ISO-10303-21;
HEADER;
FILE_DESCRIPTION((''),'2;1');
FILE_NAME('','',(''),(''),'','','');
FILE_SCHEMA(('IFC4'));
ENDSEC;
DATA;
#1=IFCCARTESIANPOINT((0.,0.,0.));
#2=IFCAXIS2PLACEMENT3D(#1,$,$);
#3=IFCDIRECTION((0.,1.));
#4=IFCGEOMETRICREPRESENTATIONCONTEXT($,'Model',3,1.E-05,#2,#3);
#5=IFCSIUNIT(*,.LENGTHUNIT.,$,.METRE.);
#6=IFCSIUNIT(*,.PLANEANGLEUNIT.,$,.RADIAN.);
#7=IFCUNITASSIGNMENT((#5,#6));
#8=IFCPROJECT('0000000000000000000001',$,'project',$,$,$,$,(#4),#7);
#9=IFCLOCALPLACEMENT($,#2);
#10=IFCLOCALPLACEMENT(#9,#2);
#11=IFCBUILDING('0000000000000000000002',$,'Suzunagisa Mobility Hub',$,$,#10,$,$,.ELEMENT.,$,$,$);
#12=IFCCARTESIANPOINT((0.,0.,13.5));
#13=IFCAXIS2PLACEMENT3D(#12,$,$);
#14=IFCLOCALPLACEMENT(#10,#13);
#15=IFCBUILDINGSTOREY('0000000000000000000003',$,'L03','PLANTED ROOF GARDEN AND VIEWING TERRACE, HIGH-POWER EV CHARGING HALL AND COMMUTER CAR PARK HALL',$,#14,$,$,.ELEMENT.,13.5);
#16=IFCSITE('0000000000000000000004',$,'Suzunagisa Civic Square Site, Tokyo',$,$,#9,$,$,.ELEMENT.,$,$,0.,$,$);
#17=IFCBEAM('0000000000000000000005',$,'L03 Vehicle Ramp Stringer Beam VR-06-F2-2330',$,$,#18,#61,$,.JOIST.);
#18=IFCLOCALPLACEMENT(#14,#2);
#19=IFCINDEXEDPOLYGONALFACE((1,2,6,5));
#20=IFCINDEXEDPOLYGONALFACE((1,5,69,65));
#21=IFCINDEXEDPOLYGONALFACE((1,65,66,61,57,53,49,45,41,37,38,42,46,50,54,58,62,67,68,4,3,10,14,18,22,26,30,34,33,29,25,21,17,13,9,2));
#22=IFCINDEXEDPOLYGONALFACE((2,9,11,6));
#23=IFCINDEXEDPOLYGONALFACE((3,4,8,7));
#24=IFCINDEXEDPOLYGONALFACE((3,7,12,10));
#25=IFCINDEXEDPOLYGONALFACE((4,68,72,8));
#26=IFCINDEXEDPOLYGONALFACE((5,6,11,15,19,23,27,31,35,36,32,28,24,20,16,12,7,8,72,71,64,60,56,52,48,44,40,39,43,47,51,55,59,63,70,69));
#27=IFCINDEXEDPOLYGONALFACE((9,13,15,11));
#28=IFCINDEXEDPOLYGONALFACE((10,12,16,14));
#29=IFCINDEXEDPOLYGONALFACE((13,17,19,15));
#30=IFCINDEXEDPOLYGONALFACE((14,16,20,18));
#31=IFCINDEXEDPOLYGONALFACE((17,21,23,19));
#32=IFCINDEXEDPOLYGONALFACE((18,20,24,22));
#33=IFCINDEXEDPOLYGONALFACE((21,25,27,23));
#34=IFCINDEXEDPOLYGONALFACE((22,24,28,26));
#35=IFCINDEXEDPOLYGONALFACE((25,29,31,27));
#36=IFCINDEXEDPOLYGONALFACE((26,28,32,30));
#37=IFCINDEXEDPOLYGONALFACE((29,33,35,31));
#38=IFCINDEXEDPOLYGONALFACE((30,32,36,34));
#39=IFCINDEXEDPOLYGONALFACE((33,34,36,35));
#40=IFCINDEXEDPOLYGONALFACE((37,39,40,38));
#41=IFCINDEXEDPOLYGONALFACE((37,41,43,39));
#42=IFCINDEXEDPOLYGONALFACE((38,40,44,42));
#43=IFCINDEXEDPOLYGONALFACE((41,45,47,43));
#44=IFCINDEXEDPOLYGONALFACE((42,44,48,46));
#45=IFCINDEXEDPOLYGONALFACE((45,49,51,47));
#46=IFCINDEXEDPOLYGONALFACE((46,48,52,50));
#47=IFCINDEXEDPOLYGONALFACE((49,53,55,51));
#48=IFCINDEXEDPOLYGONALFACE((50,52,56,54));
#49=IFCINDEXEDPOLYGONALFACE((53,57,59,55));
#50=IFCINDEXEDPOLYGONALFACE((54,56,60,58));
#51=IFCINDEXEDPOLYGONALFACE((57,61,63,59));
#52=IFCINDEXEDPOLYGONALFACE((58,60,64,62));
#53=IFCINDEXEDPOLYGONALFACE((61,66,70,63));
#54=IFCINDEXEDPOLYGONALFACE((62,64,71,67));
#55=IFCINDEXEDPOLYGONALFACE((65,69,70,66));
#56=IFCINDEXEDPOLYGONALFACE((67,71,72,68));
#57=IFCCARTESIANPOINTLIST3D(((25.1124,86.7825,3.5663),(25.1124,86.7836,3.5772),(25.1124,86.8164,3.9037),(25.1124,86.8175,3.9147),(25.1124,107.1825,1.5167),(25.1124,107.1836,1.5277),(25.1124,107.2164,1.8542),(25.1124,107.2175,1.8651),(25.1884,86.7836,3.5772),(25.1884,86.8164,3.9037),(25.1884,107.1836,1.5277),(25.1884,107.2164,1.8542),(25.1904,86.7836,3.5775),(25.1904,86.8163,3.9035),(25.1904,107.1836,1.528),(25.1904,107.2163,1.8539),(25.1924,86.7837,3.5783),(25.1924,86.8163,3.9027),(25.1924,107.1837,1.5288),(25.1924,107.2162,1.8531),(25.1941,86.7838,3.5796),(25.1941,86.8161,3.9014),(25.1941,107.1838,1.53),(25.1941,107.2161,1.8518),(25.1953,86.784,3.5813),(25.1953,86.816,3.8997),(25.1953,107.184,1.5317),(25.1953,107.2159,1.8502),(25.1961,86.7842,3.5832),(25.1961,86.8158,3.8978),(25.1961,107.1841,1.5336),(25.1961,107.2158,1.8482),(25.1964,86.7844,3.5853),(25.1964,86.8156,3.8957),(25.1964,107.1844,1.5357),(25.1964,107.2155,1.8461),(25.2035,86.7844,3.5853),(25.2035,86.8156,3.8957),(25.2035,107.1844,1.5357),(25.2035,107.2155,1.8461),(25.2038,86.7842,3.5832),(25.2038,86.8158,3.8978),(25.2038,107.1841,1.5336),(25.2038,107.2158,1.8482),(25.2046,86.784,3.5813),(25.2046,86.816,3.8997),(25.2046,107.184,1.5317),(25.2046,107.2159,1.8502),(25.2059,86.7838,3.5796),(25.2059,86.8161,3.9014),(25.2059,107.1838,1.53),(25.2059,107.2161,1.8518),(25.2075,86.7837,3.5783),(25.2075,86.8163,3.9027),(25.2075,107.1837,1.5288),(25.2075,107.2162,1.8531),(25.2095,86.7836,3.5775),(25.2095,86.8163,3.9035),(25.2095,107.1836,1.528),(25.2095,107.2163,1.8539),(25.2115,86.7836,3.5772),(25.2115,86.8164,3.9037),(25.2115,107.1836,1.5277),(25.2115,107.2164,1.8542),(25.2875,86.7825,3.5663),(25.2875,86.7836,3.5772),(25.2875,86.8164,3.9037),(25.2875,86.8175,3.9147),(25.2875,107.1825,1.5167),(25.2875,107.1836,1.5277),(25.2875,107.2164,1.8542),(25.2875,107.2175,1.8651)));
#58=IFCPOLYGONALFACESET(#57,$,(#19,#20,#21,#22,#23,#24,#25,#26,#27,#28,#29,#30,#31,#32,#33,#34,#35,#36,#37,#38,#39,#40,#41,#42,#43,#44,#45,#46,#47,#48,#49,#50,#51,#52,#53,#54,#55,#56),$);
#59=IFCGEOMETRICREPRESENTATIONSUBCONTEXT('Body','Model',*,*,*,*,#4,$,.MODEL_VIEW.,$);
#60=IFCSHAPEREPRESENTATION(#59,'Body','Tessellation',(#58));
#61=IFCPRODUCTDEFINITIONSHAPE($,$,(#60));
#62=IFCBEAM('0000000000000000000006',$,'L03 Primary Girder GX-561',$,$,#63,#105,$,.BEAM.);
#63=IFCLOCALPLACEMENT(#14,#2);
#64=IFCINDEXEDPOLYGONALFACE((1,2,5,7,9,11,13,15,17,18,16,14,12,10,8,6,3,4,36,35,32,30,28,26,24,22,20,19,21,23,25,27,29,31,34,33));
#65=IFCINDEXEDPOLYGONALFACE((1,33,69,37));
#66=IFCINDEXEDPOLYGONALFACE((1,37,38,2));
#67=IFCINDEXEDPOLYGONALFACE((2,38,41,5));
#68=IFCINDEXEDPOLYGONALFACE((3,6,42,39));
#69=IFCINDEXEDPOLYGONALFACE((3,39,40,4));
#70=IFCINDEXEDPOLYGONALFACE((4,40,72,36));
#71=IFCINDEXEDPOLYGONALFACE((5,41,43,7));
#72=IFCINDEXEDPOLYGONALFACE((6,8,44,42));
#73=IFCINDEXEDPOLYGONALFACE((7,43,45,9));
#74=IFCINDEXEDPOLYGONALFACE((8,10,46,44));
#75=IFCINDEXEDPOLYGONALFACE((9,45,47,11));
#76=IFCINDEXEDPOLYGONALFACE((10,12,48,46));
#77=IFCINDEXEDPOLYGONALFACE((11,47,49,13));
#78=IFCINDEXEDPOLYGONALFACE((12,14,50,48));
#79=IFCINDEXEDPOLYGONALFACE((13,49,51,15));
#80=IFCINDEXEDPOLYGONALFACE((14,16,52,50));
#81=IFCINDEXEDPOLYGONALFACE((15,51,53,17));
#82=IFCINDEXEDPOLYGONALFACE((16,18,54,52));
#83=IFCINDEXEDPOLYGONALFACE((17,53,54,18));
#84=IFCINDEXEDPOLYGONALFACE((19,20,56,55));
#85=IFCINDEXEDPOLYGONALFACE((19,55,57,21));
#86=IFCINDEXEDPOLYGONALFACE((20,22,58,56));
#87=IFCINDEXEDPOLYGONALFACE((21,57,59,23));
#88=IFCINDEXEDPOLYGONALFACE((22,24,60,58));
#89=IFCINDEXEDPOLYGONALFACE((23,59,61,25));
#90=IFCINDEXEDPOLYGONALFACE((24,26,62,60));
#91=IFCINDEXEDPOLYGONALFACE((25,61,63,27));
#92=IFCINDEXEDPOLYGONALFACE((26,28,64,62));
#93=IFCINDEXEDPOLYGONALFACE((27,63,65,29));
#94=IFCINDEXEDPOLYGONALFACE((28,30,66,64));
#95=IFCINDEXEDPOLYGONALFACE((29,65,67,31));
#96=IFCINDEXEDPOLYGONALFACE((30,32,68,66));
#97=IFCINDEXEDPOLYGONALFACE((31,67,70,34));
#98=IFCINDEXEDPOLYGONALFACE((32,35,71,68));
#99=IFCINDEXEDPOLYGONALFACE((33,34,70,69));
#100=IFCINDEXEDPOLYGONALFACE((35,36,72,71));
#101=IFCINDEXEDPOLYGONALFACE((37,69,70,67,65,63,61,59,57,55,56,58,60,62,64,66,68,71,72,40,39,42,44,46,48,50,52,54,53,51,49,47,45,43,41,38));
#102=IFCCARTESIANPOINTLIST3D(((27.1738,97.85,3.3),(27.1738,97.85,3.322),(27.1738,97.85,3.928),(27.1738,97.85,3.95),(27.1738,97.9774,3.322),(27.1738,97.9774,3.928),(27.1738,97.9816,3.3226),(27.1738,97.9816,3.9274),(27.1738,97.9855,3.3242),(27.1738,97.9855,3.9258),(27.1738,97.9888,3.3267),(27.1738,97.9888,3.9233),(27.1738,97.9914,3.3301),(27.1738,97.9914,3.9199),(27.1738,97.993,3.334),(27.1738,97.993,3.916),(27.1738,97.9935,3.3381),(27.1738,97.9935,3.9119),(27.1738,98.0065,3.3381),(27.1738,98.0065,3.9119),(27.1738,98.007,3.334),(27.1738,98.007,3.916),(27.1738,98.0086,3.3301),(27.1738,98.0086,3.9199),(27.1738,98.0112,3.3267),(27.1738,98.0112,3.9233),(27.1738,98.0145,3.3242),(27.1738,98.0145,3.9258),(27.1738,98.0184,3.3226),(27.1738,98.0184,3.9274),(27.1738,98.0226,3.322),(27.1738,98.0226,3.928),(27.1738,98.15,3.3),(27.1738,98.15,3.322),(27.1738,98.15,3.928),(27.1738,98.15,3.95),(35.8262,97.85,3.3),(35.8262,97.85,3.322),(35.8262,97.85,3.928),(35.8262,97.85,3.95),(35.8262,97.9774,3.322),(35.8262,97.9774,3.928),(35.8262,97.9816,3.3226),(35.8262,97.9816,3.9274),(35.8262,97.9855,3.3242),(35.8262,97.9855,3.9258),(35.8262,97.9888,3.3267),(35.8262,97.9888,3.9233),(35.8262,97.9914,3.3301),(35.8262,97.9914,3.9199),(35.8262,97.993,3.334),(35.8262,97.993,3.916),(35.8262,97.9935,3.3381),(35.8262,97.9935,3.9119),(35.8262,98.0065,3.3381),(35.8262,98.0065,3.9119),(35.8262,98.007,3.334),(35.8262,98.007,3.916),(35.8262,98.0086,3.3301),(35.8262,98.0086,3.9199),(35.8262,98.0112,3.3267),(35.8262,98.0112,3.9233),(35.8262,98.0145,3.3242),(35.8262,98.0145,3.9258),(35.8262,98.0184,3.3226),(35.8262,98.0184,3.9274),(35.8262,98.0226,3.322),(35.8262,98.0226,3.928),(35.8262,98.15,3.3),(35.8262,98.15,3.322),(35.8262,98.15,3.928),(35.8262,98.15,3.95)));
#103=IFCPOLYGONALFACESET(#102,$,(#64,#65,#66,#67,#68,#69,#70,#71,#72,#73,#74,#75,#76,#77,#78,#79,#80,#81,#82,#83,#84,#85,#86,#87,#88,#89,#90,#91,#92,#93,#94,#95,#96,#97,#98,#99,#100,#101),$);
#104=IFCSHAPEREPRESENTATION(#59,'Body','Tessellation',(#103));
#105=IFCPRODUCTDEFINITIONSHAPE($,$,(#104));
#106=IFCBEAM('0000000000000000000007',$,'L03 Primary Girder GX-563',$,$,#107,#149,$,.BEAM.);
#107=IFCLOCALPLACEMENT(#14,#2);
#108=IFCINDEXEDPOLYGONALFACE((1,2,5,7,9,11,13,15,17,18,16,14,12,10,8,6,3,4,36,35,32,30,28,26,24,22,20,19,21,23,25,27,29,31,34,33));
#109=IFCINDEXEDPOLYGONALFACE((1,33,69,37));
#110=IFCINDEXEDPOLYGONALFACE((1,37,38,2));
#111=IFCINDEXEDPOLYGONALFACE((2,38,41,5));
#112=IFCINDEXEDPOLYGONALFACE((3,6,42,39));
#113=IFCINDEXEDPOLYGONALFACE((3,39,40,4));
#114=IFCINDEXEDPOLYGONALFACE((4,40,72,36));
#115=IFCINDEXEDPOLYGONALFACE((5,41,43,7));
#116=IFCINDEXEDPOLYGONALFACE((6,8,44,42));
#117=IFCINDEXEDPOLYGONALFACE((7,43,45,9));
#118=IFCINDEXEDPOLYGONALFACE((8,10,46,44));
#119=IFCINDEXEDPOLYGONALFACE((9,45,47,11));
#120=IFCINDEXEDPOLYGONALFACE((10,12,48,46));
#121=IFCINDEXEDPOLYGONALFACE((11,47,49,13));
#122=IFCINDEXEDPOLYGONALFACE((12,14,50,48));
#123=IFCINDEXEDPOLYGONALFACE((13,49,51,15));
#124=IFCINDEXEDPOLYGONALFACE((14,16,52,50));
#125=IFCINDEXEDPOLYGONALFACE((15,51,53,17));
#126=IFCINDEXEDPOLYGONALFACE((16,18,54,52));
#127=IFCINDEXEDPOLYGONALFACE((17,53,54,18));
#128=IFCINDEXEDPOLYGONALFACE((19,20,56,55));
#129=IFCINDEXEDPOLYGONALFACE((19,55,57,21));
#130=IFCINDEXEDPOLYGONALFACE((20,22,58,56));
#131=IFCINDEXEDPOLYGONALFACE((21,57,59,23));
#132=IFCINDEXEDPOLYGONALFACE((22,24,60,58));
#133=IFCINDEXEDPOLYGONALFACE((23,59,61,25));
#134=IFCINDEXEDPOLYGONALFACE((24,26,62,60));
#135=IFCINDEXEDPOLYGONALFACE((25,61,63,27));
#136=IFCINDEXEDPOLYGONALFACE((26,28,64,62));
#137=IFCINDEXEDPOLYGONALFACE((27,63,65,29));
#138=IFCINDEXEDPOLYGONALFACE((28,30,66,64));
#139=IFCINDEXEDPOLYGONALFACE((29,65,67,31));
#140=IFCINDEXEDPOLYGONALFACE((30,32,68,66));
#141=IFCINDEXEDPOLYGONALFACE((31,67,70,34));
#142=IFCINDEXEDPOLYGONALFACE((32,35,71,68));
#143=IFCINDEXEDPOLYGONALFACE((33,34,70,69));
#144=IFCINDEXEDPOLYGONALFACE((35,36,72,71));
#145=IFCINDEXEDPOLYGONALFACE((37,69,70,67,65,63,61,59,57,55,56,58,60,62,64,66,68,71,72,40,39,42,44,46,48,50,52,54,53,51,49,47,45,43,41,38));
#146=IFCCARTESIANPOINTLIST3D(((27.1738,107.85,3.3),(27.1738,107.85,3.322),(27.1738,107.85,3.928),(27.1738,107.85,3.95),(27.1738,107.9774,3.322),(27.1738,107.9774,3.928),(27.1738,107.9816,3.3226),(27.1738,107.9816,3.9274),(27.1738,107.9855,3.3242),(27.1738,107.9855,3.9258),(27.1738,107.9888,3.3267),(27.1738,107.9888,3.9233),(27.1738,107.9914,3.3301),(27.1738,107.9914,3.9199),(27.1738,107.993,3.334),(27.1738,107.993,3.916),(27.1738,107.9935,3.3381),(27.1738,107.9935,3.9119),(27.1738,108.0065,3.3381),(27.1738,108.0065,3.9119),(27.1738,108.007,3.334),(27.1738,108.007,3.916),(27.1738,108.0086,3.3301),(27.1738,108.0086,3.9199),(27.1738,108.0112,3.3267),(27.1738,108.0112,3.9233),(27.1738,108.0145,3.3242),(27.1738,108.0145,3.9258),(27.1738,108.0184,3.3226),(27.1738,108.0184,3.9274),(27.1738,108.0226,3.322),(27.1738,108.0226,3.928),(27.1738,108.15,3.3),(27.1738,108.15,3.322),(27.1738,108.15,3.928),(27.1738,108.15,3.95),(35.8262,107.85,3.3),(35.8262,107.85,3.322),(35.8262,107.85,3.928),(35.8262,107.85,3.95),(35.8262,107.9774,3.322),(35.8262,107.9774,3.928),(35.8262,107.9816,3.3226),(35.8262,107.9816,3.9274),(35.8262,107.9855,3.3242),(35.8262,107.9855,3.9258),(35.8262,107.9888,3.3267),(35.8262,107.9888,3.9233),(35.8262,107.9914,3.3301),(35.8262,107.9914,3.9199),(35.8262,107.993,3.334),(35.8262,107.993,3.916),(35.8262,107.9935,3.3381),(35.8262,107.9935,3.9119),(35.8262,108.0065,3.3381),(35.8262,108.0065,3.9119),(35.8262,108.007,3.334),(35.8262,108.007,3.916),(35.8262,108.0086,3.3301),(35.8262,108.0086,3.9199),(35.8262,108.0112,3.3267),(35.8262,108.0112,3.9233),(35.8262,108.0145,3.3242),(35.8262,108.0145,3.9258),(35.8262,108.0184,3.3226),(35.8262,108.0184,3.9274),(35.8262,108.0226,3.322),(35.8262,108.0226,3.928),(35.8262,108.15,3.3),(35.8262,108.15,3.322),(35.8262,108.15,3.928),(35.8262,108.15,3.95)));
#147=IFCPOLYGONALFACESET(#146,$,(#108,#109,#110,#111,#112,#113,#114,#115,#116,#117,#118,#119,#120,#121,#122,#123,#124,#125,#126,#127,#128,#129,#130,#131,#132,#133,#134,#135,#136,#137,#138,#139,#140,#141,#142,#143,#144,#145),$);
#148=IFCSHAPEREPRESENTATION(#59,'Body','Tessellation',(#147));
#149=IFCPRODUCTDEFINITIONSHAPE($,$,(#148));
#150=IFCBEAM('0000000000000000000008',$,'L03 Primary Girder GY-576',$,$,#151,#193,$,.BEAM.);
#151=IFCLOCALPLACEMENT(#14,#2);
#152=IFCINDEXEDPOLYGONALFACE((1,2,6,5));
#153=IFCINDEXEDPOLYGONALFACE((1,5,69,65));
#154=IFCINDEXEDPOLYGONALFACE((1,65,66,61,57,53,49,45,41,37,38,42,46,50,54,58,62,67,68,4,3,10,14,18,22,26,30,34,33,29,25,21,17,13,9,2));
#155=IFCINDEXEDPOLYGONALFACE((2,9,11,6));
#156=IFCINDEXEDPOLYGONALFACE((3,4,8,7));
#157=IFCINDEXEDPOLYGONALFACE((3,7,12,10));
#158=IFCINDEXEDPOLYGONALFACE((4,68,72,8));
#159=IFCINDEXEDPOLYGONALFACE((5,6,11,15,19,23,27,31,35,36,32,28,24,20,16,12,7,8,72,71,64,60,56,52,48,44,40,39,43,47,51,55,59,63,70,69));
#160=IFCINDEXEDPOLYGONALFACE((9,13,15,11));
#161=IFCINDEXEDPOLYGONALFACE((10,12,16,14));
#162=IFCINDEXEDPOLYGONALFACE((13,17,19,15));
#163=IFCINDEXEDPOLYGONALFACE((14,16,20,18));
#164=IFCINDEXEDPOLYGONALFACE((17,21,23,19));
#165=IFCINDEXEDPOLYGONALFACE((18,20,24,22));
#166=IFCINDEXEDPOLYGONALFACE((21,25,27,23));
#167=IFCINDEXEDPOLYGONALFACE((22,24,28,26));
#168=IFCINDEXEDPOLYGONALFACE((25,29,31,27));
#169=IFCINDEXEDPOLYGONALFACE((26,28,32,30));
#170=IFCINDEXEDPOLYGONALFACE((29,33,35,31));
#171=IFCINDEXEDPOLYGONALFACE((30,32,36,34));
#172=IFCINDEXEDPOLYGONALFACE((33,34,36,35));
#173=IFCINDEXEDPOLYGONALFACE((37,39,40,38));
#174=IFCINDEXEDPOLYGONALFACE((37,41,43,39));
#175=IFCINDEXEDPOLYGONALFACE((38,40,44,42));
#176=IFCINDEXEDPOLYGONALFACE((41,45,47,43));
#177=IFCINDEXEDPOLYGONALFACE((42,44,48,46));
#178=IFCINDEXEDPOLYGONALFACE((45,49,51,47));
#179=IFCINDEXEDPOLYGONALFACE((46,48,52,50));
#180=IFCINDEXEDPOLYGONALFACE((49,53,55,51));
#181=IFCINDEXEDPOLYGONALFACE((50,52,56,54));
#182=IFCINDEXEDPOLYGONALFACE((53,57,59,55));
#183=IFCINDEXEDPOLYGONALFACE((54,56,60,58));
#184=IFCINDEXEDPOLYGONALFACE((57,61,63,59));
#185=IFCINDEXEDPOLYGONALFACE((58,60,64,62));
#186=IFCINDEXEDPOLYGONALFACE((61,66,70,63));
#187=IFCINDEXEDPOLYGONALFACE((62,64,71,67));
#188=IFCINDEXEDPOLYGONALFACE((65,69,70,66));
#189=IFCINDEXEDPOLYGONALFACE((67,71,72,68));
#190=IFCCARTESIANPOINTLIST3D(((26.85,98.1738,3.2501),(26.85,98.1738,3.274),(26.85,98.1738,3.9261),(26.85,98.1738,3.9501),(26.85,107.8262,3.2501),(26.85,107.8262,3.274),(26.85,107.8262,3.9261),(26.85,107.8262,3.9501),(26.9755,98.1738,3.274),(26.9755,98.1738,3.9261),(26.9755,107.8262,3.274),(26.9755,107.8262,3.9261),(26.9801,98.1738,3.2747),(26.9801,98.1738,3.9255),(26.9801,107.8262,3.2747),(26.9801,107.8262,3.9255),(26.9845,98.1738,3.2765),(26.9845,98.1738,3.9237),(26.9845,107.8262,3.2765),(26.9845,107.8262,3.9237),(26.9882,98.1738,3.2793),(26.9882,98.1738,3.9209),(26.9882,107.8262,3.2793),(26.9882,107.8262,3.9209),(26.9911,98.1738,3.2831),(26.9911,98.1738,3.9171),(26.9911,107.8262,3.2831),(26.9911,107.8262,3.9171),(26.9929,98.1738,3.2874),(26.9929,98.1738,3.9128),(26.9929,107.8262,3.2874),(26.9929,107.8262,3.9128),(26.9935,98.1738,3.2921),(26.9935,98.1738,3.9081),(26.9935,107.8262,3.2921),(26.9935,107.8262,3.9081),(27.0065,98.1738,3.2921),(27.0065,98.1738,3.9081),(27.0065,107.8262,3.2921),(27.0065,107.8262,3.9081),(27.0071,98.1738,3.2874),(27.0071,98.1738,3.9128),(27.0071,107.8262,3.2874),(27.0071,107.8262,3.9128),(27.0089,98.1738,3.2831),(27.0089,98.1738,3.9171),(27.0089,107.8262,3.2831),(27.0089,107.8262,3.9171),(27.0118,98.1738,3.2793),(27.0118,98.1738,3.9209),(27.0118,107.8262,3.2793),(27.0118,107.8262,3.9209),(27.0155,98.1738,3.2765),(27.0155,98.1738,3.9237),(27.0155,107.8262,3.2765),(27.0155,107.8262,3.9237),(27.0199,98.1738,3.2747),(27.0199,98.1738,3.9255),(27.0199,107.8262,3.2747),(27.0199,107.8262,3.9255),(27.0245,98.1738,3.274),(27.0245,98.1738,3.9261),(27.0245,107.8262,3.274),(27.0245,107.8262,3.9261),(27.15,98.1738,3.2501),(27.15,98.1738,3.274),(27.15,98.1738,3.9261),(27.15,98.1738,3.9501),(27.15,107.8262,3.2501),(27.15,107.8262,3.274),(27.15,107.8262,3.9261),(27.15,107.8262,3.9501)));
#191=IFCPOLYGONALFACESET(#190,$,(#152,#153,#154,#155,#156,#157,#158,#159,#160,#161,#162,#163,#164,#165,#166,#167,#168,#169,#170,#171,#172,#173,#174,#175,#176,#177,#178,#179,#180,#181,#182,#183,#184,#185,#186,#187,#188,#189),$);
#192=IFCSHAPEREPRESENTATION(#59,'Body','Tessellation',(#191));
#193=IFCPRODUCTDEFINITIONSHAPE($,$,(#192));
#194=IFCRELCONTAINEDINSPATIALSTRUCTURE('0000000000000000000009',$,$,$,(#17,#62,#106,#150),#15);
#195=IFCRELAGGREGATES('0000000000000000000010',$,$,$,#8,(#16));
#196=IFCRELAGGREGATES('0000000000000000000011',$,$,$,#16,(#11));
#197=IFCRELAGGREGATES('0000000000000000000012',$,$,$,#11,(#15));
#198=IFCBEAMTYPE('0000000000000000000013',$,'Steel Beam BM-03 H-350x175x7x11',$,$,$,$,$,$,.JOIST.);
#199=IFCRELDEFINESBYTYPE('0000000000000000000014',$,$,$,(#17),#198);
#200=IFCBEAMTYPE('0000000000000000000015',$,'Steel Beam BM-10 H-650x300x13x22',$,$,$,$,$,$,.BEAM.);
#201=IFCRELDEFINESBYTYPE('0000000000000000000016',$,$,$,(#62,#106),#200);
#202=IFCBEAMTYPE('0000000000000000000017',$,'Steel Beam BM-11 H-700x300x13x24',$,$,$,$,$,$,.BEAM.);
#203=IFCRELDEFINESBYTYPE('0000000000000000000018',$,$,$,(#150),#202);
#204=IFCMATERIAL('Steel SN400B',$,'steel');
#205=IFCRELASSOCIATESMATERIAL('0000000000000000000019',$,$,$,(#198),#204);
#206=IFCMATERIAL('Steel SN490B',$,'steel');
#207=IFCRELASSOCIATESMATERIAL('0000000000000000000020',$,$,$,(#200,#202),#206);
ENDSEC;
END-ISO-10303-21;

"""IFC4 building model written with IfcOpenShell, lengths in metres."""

from ifc_helpers import new_model, si_unit, direction, frame, origin, origin_2d, place, context, subcontext, project, spatial, i_section, extrude, material, material_profile, profile_set, type_object, element, save


model = new_model("IFC4")

# Units and contexts
model_context = context("Model", 3, precision=1e-05, world=origin(), true_north=direction((0.0, 1.0)))
body_context = subcontext(model_context, "Body", "Model", "MODEL_VIEW")
ifc_project = project(units=[si_unit("LENGTHUNIT", "METRE"), si_unit("PLANEANGLEUNIT", "RADIAN")], contexts=[model_context])

# Site, building, storey
site_placement = place(None, origin())
site = spatial("IfcSite", under=ifc_project, at=site_placement, Name="Suzunagisa Civic Square Site, Tokyo", CompositionType="ELEMENT", RefElevation=0.0)
building_placement = place(site_placement, origin())
building = spatial("IfcBuilding", under=site, at=building_placement, Name="Suzunagisa Mobility Hub", CompositionType="ELEMENT")
storey_placement = place(building_placement, frame((0.0, 0.0, 13.5)))
storey = spatial("IfcBuildingStorey", under=building, at=storey_placement, Name="L03", Description="PLANTED ROOF GARDEN AND VIEWING TERRACE, HIGH-POWER EV CHARGING HALL AND COMMUTER CAR PARK HALL", CompositionType="ELEMENT", Elevation=13.5)

# Shared definitions
ifc_material_1 = material(Name="Steel SN490B", Category="steel")

# Beams
ifc_material_2 = material(Name="Steel SN400B", Category="steel")
ifc_material_profile_1 = material_profile(ifc_material_2, i_section(OverallWidth=0.175, OverallDepth=0.3501, WebThickness=0.0071, FlangeThickness=0.011, FilletRadius=0.0081, at=origin_2d()), Name="H-350x175x7x11")
ifc_profile_set_1 = profile_set([ifc_material_profile_1], Name="Steel SN400B")
beam_type_1 = type_object("IfcBeamType", Name="Steel Beam BM-03 H-350x175x7x11", PredefinedType="JOIST", material=ifc_profile_set_1)
for number, where, z_axis, x_axis, name in (
    (1, (25.2, 107.2, 1.6909), (0.0, -0.994991, 0.099966), (1.0, 0.0, 0.0), "L03 Vehicle Ramp Stringer Beam VR-06-F2-2330"),
):
    element("IfcBeam", number, at=place(storey_placement, frame(where, z_axis=z_axis, x_axis=x_axis)), inside=storey, type_object=beam_type_1, Name=name, PredefinedType="JOIST", context=body_context, shape_type="SweptSolid", body=[
        extrude(i_section(OverallWidth=0.175, OverallDepth=0.3501, WebThickness=0.0071, FlangeThickness=0.011, FilletRadius=0.0081, at=origin_2d()), origin(), (0.0, 0.0, 1.0), 20.5027),
    ])
ifc_material_profile_2 = material_profile(ifc_material_1, i_section(OverallWidth=0.3, OverallDepth=0.6499, WebThickness=0.0129, FlangeThickness=0.022, FilletRadius=0.0161, at=origin_2d()), Name="H-650x300x13x22")
ifc_profile_set_2 = profile_set([ifc_material_profile_2], Name="Steel SN490B")
beam_type_2 = type_object("IfcBeamType", Name="Steel Beam BM-10 H-650x300x13x22", PredefinedType="BEAM", material=ifc_profile_set_2)
for number, where, z_axis, x_axis, name in (
    (2, (27.1738, 98.0, 3.625), (1.0, 0.0, 0.0), (0.0, 1.0, 0.0), "L03 Primary Girder GX-561"),
    (3, (27.1738, 108.0, 3.625), (1.0, 0.0, 0.0), (0.0, 1.0, 0.0), "L03 Primary Girder GX-563"),
):
    element("IfcBeam", number, at=place(storey_placement, frame(where, z_axis=z_axis, x_axis=x_axis)), inside=storey, type_object=beam_type_2, Name=name, PredefinedType="BEAM", context=body_context, shape_type="SweptSolid", body=[
        extrude(i_section(OverallWidth=0.3, OverallDepth=0.6499, WebThickness=0.0129, FlangeThickness=0.022, FilletRadius=0.0161, at=origin_2d()), origin(), (0.0, 0.0, 1.0), 8.6523),
    ])
ifc_material_profile_3 = material_profile(ifc_material_1, i_section(OverallWidth=0.3, OverallDepth=0.7, WebThickness=0.0129, FlangeThickness=0.0239, FilletRadius=0.0181, at=origin_2d()), Name="H-700x300x13x24")
ifc_profile_set_3 = profile_set([ifc_material_profile_3], Name="Steel SN490B")
beam_type_3 = type_object("IfcBeamType", Name="Steel Beam BM-11 H-700x300x13x24", PredefinedType="BEAM", material=ifc_profile_set_3)
for number, where, z_axis, x_axis, name in (
    (4, (27.0, 98.1738, 3.6001), (0.0, 1.0, 0.0), (-1.0, 0.0, 0.0), "L03 Primary Girder GY-576"),
):
    element("IfcBeam", number, at=place(storey_placement, frame(where, z_axis=z_axis, x_axis=x_axis)), inside=storey, type_object=beam_type_3, Name=name, PredefinedType="BEAM", context=body_context, shape_type="SweptSolid", body=[
        extrude(i_section(OverallWidth=0.3, OverallDepth=0.7, WebThickness=0.0129, FlangeThickness=0.0239, FilletRadius=0.0181, at=origin_2d()), origin(), (0.0, 0.0, 1.0), 9.6523),
    ])

save(model, "model.ifc")
